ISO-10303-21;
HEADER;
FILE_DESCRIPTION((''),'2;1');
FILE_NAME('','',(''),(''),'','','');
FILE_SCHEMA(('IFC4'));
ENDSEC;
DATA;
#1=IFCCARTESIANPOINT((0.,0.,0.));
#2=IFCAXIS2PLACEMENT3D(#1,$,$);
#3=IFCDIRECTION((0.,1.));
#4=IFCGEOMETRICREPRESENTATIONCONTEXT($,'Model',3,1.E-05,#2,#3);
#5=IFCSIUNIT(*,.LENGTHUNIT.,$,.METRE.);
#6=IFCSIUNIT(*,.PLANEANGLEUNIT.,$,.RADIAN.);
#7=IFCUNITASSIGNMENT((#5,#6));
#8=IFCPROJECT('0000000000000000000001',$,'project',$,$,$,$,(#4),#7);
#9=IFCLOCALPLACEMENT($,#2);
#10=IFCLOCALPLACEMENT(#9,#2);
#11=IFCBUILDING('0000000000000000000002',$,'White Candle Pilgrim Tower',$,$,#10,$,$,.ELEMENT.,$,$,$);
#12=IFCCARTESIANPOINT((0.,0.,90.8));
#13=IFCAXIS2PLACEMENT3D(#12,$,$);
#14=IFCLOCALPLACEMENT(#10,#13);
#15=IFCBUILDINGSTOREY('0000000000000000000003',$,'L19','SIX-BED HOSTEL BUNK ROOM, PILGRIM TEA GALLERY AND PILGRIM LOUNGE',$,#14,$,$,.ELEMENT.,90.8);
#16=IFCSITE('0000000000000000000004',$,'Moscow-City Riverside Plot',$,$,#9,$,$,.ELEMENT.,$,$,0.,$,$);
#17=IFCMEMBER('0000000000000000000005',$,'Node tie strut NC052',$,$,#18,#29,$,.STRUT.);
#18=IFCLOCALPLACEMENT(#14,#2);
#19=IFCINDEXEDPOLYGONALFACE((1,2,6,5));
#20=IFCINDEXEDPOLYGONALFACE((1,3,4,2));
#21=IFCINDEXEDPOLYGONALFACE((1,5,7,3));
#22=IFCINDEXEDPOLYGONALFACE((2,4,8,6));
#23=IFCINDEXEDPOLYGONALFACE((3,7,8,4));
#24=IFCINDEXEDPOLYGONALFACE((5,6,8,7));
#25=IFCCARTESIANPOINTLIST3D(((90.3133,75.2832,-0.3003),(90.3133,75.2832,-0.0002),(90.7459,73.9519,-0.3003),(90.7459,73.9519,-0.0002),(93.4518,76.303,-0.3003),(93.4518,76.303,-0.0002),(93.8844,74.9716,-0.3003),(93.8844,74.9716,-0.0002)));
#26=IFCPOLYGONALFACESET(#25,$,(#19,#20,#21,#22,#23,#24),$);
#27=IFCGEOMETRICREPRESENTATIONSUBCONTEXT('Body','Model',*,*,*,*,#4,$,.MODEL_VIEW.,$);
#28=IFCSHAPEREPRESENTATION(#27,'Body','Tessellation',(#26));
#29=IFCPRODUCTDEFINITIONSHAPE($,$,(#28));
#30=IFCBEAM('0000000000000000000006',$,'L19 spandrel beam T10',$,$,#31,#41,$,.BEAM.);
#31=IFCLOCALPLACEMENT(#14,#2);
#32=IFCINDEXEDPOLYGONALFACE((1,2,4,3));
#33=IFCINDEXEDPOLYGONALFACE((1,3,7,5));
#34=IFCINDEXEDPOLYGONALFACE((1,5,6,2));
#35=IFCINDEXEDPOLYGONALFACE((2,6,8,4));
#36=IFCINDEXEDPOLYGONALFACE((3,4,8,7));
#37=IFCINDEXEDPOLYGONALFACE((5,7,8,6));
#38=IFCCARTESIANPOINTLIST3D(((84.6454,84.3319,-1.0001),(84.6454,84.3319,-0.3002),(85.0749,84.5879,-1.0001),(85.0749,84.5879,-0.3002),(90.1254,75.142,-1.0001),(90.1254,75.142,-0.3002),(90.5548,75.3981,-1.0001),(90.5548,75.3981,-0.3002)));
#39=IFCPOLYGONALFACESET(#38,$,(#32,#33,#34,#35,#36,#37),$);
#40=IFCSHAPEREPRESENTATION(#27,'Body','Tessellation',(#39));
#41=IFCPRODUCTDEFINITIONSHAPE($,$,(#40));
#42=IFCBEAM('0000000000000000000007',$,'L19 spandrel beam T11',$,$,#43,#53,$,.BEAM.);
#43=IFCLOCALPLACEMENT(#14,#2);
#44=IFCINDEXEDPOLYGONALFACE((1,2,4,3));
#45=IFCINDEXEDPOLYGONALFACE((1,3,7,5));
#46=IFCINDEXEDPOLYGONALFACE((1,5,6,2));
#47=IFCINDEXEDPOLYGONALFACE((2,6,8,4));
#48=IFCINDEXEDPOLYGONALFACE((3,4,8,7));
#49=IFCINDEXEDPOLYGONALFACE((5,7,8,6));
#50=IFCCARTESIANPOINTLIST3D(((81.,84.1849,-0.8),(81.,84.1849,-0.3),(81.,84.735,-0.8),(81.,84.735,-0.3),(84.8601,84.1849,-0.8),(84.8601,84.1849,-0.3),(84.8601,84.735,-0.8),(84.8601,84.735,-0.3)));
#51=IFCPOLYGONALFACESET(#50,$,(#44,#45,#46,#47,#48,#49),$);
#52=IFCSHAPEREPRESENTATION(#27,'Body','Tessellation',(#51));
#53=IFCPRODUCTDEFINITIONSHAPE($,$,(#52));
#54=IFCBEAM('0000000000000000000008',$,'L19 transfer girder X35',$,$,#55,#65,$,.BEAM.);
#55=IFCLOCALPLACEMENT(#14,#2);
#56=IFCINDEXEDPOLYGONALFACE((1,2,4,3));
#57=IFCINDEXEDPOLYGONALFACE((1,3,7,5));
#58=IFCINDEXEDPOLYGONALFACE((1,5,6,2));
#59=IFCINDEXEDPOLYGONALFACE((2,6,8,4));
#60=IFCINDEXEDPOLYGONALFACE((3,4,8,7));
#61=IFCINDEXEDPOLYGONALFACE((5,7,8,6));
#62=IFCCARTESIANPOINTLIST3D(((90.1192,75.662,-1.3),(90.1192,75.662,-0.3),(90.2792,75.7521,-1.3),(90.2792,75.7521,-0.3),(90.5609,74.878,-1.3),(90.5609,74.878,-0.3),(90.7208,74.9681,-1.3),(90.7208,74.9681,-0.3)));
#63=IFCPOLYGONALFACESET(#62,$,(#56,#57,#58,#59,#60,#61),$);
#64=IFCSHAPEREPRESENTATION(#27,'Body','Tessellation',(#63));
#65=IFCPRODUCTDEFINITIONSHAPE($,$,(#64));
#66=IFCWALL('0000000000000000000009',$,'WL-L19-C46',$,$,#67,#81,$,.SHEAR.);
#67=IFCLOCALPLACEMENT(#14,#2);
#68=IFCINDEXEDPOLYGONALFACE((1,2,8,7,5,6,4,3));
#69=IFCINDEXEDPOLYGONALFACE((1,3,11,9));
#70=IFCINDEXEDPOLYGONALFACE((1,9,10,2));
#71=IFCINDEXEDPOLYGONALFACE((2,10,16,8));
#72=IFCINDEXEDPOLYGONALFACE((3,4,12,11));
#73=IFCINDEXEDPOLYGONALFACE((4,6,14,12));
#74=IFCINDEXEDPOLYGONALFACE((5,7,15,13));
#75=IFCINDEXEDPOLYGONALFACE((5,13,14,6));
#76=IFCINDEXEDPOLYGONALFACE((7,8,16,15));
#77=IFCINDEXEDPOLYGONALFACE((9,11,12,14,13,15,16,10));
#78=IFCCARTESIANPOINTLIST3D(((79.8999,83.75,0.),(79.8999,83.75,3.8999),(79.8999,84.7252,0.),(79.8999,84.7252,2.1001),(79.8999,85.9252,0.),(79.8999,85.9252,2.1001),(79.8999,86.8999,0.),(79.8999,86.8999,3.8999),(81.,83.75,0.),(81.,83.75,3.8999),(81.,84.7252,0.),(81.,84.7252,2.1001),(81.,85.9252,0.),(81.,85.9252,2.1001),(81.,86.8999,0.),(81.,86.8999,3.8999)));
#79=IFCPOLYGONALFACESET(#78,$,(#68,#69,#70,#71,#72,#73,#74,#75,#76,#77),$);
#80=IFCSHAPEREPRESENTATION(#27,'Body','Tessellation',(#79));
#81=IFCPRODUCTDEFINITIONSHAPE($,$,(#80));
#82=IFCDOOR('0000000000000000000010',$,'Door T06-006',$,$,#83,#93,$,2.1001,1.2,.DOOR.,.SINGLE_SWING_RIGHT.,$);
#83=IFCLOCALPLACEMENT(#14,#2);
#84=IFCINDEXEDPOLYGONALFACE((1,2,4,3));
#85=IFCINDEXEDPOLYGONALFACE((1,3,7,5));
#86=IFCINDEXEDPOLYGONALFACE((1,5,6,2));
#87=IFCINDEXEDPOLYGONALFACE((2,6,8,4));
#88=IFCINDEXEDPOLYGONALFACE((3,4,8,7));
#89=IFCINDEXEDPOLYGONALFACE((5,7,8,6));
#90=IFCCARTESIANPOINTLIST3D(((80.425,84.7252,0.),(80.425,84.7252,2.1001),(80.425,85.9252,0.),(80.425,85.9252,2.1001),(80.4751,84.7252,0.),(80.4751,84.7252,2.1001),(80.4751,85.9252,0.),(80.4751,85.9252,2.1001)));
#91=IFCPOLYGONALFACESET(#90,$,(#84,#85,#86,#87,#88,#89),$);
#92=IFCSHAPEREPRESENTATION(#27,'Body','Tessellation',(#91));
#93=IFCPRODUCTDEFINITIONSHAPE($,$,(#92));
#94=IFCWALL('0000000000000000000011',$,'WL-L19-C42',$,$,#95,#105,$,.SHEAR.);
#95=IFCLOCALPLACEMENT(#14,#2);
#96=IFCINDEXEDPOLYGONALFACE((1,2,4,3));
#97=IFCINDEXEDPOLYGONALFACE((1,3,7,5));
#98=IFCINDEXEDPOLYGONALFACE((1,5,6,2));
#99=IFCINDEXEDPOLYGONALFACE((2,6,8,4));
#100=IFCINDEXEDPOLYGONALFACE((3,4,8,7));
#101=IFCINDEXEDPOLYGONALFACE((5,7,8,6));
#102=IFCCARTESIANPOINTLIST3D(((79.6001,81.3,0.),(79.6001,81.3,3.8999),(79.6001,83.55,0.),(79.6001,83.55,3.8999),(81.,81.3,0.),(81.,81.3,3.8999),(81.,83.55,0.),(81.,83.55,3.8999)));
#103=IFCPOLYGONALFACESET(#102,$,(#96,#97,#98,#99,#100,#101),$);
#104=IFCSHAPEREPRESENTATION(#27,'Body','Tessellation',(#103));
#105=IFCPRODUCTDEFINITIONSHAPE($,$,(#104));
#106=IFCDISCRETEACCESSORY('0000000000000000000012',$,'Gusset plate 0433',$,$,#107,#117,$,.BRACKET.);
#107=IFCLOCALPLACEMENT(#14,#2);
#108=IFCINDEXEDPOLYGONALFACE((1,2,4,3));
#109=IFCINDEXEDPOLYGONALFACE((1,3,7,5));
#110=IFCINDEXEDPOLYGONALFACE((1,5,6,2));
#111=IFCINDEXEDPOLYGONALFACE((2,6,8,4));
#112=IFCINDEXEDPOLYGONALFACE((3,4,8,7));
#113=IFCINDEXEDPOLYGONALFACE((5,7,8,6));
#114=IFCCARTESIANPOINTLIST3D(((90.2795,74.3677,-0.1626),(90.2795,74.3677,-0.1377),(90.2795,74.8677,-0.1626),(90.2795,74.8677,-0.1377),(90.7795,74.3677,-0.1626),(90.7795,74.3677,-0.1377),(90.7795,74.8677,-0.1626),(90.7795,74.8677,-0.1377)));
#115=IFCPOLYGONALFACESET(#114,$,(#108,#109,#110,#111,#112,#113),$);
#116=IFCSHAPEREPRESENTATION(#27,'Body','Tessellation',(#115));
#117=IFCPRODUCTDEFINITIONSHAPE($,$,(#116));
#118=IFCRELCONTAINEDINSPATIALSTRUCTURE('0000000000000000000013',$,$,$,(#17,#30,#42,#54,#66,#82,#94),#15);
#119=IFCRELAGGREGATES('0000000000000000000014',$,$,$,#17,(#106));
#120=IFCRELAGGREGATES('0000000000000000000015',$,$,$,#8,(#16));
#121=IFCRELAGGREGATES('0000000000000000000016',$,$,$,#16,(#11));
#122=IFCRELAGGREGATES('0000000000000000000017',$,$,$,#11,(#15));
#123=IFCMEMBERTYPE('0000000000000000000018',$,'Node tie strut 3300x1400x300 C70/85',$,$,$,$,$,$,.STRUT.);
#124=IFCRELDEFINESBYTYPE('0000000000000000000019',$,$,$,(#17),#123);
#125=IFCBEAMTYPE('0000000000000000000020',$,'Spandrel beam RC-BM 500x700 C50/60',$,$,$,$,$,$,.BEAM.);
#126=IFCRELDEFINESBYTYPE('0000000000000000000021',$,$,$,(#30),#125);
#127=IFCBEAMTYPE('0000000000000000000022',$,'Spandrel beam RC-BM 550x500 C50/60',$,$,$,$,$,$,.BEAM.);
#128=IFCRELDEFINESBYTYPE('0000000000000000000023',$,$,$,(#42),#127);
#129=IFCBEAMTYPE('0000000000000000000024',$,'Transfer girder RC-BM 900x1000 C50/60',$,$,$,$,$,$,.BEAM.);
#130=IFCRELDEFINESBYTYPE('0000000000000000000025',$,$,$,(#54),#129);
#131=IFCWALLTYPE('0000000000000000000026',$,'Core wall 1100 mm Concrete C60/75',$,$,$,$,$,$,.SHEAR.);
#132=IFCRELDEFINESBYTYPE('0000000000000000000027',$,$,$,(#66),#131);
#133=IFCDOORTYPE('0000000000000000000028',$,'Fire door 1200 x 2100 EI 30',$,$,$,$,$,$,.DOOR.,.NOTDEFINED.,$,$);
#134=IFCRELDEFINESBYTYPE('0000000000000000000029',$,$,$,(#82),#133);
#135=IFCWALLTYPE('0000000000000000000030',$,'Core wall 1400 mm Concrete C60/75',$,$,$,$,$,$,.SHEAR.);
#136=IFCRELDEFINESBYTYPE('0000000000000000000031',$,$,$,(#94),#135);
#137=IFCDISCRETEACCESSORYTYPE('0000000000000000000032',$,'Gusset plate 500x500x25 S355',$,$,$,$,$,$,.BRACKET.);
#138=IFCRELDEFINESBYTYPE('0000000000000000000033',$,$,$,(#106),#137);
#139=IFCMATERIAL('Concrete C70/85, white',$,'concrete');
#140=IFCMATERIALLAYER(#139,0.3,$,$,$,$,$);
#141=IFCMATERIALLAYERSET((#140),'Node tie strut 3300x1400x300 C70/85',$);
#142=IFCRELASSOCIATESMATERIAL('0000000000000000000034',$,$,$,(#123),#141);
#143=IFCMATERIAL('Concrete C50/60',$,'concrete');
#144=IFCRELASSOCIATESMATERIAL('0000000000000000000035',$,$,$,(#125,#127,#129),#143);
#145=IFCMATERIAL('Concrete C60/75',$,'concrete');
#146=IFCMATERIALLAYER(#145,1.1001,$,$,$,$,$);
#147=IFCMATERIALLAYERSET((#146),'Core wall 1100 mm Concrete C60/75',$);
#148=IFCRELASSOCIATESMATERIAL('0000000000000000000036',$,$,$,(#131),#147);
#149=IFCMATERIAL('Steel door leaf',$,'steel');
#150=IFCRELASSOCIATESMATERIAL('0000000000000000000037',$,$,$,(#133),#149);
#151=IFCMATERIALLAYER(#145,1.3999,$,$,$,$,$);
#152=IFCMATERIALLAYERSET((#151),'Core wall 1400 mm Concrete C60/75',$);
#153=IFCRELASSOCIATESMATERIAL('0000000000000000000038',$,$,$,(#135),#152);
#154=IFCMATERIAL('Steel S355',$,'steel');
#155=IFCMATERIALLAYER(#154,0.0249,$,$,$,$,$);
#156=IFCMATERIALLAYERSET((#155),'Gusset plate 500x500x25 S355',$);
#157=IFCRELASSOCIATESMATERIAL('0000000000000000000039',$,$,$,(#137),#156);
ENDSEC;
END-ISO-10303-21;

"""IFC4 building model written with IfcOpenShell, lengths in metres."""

from ifc_helpers import new_model, si_unit, direction, frame, frame_2d, origin, origin_2d, place, context, subcontext, project, spatial, rectangle, extrude, material, layer, layer_set, material_profile, profile_set, type_object, element, fill, aggregate, save


model = new_model("IFC4")

# Units and contexts
model_context = context("Model", 3, precision=1e-05, world=origin(), true_north=direction((0.0, 1.0)))
body_context = subcontext(model_context, "Body", "Model", "MODEL_VIEW")
ifc_project = project(units=[si_unit("LENGTHUNIT", "METRE"), si_unit("PLANEANGLEUNIT", "RADIAN")], contexts=[model_context])

# Site, building, storey
site_placement = place(None, origin())
site = spatial("IfcSite", under=ifc_project, at=site_placement, Name="Moscow-City Riverside Plot", CompositionType="ELEMENT", RefElevation=0.0)
building_placement = place(site_placement, origin())
building = spatial("IfcBuilding", under=site, at=building_placement, Name="White Candle Pilgrim Tower", CompositionType="ELEMENT")
storey_placement = place(building_placement, frame((0.0, 0.0, 90.8)))
storey = spatial("IfcBuildingStorey", under=building, at=storey_placement, Name="L19", Description="SIX-BED HOSTEL BUNK ROOM, PILGRIM TEA GALLERY AND PILGRIM LOUNGE", CompositionType="ELEMENT", Elevation=90.8)

# Member
ifc_material_1 = material(Name="Concrete C70/85, white", Category="concrete")
ifc_layer_1 = layer(ifc_material_1, 0.3)
ifc_layer_set_1 = layer_set([ifc_layer_1], Name="Node tie strut 3300x1400x300 C70/85")
member_type_1 = type_object("IfcMemberType", Name="Node tie strut 3300x1400x300 C70/85", PredefinedType="STRUT", material=ifc_layer_set_1)
member_1_placement = place(storey_placement, frame((92.0989, 75.1274, -0.3003), z_axis=(0.0, 0.0, 1.0), x_axis=(-0.309017, 0.951057, 0.0)))
member_1 = element("IfcMember", 1, at=member_1_placement, inside=storey, type_object=member_type_1, Name="Node tie strut NC052", PredefinedType="STRUT", context=body_context, shape_type="SweptSolid", body=[
    extrude(rectangle(XDim=1.3999, YDim=3.3, at=origin_2d()), origin(), (0.0, 0.0, 1.0), 0.3),
])

# Beams
ifc_material_2 = material(Name="Concrete C50/60", Category="concrete")
ifc_material_profile_1 = material_profile(ifc_material_2, rectangle(XDim=0.5, YDim=0.7, at=origin_2d()), Name="RC-BM 500x700")
ifc_profile_set_1 = profile_set([ifc_material_profile_1], Name="Concrete C50/60")
beam_type_1 = type_object("IfcBeamType", Name="Spandrel beam RC-BM 500x700 C50/60", PredefinedType="BEAM", material=ifc_profile_set_1)
beam_1_placement = place(storey_placement, frame((90.3401, 75.27, -0.6501), z_axis=(-0.512158, 0.858891, 0.0), x_axis=(-0.858891, -0.512158, 0.0)))
element("IfcBeam", 2, at=beam_1_placement, inside=storey, type_object=beam_type_1, Name="L19 spandrel beam T10", PredefinedType="BEAM", context=body_context, shape_type="SweptSolid", body=[
    extrude(rectangle(XDim=0.5, YDim=0.7, at=origin_2d()), origin(), (0.0, 0.0, 1.0), 10.6997),
])
ifc_material_profile_2 = material_profile(ifc_material_2, rectangle(XDim=0.55, YDim=0.5, at=origin_2d()), Name="RC-BM 550x500")
ifc_profile_set_2 = profile_set([ifc_material_profile_2], Name="Concrete C50/60")
beam_type_2 = type_object("IfcBeamType", Name="Spandrel beam RC-BM 550x500 C50/60", PredefinedType="BEAM", material=ifc_profile_set_2)
beam_2_placement = place(storey_placement, frame((84.8601, 84.46, -0.55), z_axis=(-1.0, 0.0, 0.0), x_axis=(0.0, -1.0, 0.0)))
element("IfcBeam", 3, at=beam_2_placement, inside=storey, type_object=beam_type_2, Name="L19 spandrel beam T11", PredefinedType="BEAM", context=body_context, shape_type="SweptSolid", body=[
    extrude(rectangle(XDim=0.55, YDim=0.5, at=origin_2d()), origin(), (0.0, 0.0, 1.0), 3.8601),
])
ifc_material_profile_3 = material_profile(ifc_material_2, rectangle(XDim=0.8999, YDim=1.0, at=origin_2d()), Name="RC-BM 900x1000")
ifc_profile_set_3 = profile_set([ifc_material_profile_3], Name="Concrete C50/60")
beam_type_3 = type_object("IfcBeamType", Name="Transfer girder RC-BM 900x1000 C50/60", PredefinedType="BEAM", material=ifc_profile_set_3)
beam_3_placement = place(storey_placement, frame((90.5, 75.3601, -0.8), z_axis=(-0.871256, -0.49083, 0.0), x_axis=(0.49083, -0.871256, 0.0)))
element("IfcBeam", 4, at=beam_3_placement, inside=storey, type_object=beam_type_3, Name="L19 transfer girder X35", PredefinedType="BEAM", context=body_context, shape_type="SweptSolid", body=[
    extrude(rectangle(XDim=0.8999, YDim=1.0, at=origin_2d()), origin(), (0.0, 0.0, 1.0), 0.1836),
])

# Wall, opening, door
ifc_material_3 = material(Name="Concrete C60/75", Category="concrete")
ifc_layer_2 = layer(ifc_material_3, 1.1001)
ifc_layer_set_2 = layer_set([ifc_layer_2], Name="Core wall 1100 mm Concrete C60/75")
wall_type_1 = type_object("IfcWallType", Name="Core wall 1100 mm Concrete C60/75", PredefinedType="SHEAR", material=ifc_layer_set_2)
wall_1_placement = place(storey_placement, frame((80.45, 83.75, 0.0), z_axis=(0.0, 0.0, 1.0), x_axis=(0.0, 1.0, 0.0)))
wall_1 = element("IfcWall", 5, at=wall_1_placement, inside=storey, type_object=wall_type_1, Name="WL-L19-C46", PredefinedType="SHEAR", context=body_context, shape_type="SweptSolid", body=[
    extrude(rectangle(XDim=3.1499, YDim=1.1001, at=frame_2d((1.575, 0.0))), origin(), (0.0, 0.0, 1.0), 3.8999),
])
opening_1_placement = place(wall_1_placement, frame((0.9751, 0.0, 0.0)))
opening_1 = element("IfcOpeningElement", 6, at=opening_1_placement, cuts=wall_1, PredefinedType="OPENING", context=body_context, shape_type="SweptSolid", body=[
    extrude(rectangle(XDim=1.2, YDim=2.1001, at=frame_2d((0.6001, 1.05))), frame((0.0, 0.5601, 0.0), z_axis=(0.0, -1.0, 0.0), x_axis=(1.0, 0.0, 0.0)), (0.0, 0.0, 1.0), 1.1201),
])
ifc_material_4 = material(Name="Steel door leaf", Category="steel")
door_type_1 = type_object("IfcDoorType", Name="Fire door 1200 x 2100 EI 30", OperationType="NOTDEFINED", PredefinedType="DOOR", material=ifc_material_4)
door_1_placement = place(opening_1_placement, origin())
door_1 = element("IfcDoor", 7, at=door_1_placement, inside=storey, type_object=door_type_1, Name="Door T06-006", OperationType="SINGLE_SWING_RIGHT", OverallHeight=2.1001, OverallWidth=1.2, PredefinedType="DOOR", context=body_context, shape_type="SweptSolid", body=[
    extrude(rectangle(XDim=1.2, YDim=2.1001, at=frame_2d((0.6001, 1.05))), frame((0.0, 0.0249, 0.0), z_axis=(0.0, -1.0, 0.0), x_axis=(1.0, 0.0, 0.0)), (0.0, 0.0, 1.0), 0.05),
])
fill(opening_1, door_1)

# Wall
ifc_layer_3 = layer(ifc_material_3, 1.3999)
ifc_layer_set_3 = layer_set([ifc_layer_3], Name="Core wall 1400 mm Concrete C60/75")
wall_type_2 = type_object("IfcWallType", Name="Core wall 1400 mm Concrete C60/75", PredefinedType="SHEAR", material=ifc_layer_set_3)
wall_2_placement = place(storey_placement, frame((80.3, 81.3, 0.0), z_axis=(0.0, 0.0, 1.0), x_axis=(0.0, 1.0, 0.0)))
element("IfcWall", 8, at=wall_2_placement, inside=storey, type_object=wall_type_2, Name="WL-L19-C42", PredefinedType="SHEAR", context=body_context, shape_type="SweptSolid", body=[
    extrude(rectangle(XDim=2.25, YDim=1.3999, at=frame_2d((1.125, 0.0))), origin(), (0.0, 0.0, 1.0), 3.8999),
])

# Discrete accessory
ifc_material_5 = material(Name="Steel S355", Category="steel")
ifc_layer_4 = layer(ifc_material_5, 0.0249)
ifc_layer_set_4 = layer_set([ifc_layer_4], Name="Gusset plate 500x500x25 S355")
discrete_accessory_type = type_object("IfcDiscreteAccessoryType", Name="Gusset plate 500x500x25 S355", PredefinedType="BRACKET", material=ifc_layer_set_4)
discrete_accessory_1_placement = place(storey_placement, frame((90.5295, 74.6177, -0.1626), z_axis=(0.0, 0.0, 1.0), x_axis=(1.0, 0.0, 0.0)))
discrete_accessory_1 = element("IfcDiscreteAccessory", 9, at=discrete_accessory_1_placement, type_object=discrete_accessory_type, Name="Gusset plate 0433", PredefinedType="BRACKET", context=body_context, shape_type="SweptSolid", body=[
    extrude(rectangle(XDim=0.5, YDim=0.5, at=origin_2d()), origin(), (0.0, 0.0, 1.0), 0.0249),
])
aggregate(member_1, [discrete_accessory_1])

save(model, "model.ifc")
